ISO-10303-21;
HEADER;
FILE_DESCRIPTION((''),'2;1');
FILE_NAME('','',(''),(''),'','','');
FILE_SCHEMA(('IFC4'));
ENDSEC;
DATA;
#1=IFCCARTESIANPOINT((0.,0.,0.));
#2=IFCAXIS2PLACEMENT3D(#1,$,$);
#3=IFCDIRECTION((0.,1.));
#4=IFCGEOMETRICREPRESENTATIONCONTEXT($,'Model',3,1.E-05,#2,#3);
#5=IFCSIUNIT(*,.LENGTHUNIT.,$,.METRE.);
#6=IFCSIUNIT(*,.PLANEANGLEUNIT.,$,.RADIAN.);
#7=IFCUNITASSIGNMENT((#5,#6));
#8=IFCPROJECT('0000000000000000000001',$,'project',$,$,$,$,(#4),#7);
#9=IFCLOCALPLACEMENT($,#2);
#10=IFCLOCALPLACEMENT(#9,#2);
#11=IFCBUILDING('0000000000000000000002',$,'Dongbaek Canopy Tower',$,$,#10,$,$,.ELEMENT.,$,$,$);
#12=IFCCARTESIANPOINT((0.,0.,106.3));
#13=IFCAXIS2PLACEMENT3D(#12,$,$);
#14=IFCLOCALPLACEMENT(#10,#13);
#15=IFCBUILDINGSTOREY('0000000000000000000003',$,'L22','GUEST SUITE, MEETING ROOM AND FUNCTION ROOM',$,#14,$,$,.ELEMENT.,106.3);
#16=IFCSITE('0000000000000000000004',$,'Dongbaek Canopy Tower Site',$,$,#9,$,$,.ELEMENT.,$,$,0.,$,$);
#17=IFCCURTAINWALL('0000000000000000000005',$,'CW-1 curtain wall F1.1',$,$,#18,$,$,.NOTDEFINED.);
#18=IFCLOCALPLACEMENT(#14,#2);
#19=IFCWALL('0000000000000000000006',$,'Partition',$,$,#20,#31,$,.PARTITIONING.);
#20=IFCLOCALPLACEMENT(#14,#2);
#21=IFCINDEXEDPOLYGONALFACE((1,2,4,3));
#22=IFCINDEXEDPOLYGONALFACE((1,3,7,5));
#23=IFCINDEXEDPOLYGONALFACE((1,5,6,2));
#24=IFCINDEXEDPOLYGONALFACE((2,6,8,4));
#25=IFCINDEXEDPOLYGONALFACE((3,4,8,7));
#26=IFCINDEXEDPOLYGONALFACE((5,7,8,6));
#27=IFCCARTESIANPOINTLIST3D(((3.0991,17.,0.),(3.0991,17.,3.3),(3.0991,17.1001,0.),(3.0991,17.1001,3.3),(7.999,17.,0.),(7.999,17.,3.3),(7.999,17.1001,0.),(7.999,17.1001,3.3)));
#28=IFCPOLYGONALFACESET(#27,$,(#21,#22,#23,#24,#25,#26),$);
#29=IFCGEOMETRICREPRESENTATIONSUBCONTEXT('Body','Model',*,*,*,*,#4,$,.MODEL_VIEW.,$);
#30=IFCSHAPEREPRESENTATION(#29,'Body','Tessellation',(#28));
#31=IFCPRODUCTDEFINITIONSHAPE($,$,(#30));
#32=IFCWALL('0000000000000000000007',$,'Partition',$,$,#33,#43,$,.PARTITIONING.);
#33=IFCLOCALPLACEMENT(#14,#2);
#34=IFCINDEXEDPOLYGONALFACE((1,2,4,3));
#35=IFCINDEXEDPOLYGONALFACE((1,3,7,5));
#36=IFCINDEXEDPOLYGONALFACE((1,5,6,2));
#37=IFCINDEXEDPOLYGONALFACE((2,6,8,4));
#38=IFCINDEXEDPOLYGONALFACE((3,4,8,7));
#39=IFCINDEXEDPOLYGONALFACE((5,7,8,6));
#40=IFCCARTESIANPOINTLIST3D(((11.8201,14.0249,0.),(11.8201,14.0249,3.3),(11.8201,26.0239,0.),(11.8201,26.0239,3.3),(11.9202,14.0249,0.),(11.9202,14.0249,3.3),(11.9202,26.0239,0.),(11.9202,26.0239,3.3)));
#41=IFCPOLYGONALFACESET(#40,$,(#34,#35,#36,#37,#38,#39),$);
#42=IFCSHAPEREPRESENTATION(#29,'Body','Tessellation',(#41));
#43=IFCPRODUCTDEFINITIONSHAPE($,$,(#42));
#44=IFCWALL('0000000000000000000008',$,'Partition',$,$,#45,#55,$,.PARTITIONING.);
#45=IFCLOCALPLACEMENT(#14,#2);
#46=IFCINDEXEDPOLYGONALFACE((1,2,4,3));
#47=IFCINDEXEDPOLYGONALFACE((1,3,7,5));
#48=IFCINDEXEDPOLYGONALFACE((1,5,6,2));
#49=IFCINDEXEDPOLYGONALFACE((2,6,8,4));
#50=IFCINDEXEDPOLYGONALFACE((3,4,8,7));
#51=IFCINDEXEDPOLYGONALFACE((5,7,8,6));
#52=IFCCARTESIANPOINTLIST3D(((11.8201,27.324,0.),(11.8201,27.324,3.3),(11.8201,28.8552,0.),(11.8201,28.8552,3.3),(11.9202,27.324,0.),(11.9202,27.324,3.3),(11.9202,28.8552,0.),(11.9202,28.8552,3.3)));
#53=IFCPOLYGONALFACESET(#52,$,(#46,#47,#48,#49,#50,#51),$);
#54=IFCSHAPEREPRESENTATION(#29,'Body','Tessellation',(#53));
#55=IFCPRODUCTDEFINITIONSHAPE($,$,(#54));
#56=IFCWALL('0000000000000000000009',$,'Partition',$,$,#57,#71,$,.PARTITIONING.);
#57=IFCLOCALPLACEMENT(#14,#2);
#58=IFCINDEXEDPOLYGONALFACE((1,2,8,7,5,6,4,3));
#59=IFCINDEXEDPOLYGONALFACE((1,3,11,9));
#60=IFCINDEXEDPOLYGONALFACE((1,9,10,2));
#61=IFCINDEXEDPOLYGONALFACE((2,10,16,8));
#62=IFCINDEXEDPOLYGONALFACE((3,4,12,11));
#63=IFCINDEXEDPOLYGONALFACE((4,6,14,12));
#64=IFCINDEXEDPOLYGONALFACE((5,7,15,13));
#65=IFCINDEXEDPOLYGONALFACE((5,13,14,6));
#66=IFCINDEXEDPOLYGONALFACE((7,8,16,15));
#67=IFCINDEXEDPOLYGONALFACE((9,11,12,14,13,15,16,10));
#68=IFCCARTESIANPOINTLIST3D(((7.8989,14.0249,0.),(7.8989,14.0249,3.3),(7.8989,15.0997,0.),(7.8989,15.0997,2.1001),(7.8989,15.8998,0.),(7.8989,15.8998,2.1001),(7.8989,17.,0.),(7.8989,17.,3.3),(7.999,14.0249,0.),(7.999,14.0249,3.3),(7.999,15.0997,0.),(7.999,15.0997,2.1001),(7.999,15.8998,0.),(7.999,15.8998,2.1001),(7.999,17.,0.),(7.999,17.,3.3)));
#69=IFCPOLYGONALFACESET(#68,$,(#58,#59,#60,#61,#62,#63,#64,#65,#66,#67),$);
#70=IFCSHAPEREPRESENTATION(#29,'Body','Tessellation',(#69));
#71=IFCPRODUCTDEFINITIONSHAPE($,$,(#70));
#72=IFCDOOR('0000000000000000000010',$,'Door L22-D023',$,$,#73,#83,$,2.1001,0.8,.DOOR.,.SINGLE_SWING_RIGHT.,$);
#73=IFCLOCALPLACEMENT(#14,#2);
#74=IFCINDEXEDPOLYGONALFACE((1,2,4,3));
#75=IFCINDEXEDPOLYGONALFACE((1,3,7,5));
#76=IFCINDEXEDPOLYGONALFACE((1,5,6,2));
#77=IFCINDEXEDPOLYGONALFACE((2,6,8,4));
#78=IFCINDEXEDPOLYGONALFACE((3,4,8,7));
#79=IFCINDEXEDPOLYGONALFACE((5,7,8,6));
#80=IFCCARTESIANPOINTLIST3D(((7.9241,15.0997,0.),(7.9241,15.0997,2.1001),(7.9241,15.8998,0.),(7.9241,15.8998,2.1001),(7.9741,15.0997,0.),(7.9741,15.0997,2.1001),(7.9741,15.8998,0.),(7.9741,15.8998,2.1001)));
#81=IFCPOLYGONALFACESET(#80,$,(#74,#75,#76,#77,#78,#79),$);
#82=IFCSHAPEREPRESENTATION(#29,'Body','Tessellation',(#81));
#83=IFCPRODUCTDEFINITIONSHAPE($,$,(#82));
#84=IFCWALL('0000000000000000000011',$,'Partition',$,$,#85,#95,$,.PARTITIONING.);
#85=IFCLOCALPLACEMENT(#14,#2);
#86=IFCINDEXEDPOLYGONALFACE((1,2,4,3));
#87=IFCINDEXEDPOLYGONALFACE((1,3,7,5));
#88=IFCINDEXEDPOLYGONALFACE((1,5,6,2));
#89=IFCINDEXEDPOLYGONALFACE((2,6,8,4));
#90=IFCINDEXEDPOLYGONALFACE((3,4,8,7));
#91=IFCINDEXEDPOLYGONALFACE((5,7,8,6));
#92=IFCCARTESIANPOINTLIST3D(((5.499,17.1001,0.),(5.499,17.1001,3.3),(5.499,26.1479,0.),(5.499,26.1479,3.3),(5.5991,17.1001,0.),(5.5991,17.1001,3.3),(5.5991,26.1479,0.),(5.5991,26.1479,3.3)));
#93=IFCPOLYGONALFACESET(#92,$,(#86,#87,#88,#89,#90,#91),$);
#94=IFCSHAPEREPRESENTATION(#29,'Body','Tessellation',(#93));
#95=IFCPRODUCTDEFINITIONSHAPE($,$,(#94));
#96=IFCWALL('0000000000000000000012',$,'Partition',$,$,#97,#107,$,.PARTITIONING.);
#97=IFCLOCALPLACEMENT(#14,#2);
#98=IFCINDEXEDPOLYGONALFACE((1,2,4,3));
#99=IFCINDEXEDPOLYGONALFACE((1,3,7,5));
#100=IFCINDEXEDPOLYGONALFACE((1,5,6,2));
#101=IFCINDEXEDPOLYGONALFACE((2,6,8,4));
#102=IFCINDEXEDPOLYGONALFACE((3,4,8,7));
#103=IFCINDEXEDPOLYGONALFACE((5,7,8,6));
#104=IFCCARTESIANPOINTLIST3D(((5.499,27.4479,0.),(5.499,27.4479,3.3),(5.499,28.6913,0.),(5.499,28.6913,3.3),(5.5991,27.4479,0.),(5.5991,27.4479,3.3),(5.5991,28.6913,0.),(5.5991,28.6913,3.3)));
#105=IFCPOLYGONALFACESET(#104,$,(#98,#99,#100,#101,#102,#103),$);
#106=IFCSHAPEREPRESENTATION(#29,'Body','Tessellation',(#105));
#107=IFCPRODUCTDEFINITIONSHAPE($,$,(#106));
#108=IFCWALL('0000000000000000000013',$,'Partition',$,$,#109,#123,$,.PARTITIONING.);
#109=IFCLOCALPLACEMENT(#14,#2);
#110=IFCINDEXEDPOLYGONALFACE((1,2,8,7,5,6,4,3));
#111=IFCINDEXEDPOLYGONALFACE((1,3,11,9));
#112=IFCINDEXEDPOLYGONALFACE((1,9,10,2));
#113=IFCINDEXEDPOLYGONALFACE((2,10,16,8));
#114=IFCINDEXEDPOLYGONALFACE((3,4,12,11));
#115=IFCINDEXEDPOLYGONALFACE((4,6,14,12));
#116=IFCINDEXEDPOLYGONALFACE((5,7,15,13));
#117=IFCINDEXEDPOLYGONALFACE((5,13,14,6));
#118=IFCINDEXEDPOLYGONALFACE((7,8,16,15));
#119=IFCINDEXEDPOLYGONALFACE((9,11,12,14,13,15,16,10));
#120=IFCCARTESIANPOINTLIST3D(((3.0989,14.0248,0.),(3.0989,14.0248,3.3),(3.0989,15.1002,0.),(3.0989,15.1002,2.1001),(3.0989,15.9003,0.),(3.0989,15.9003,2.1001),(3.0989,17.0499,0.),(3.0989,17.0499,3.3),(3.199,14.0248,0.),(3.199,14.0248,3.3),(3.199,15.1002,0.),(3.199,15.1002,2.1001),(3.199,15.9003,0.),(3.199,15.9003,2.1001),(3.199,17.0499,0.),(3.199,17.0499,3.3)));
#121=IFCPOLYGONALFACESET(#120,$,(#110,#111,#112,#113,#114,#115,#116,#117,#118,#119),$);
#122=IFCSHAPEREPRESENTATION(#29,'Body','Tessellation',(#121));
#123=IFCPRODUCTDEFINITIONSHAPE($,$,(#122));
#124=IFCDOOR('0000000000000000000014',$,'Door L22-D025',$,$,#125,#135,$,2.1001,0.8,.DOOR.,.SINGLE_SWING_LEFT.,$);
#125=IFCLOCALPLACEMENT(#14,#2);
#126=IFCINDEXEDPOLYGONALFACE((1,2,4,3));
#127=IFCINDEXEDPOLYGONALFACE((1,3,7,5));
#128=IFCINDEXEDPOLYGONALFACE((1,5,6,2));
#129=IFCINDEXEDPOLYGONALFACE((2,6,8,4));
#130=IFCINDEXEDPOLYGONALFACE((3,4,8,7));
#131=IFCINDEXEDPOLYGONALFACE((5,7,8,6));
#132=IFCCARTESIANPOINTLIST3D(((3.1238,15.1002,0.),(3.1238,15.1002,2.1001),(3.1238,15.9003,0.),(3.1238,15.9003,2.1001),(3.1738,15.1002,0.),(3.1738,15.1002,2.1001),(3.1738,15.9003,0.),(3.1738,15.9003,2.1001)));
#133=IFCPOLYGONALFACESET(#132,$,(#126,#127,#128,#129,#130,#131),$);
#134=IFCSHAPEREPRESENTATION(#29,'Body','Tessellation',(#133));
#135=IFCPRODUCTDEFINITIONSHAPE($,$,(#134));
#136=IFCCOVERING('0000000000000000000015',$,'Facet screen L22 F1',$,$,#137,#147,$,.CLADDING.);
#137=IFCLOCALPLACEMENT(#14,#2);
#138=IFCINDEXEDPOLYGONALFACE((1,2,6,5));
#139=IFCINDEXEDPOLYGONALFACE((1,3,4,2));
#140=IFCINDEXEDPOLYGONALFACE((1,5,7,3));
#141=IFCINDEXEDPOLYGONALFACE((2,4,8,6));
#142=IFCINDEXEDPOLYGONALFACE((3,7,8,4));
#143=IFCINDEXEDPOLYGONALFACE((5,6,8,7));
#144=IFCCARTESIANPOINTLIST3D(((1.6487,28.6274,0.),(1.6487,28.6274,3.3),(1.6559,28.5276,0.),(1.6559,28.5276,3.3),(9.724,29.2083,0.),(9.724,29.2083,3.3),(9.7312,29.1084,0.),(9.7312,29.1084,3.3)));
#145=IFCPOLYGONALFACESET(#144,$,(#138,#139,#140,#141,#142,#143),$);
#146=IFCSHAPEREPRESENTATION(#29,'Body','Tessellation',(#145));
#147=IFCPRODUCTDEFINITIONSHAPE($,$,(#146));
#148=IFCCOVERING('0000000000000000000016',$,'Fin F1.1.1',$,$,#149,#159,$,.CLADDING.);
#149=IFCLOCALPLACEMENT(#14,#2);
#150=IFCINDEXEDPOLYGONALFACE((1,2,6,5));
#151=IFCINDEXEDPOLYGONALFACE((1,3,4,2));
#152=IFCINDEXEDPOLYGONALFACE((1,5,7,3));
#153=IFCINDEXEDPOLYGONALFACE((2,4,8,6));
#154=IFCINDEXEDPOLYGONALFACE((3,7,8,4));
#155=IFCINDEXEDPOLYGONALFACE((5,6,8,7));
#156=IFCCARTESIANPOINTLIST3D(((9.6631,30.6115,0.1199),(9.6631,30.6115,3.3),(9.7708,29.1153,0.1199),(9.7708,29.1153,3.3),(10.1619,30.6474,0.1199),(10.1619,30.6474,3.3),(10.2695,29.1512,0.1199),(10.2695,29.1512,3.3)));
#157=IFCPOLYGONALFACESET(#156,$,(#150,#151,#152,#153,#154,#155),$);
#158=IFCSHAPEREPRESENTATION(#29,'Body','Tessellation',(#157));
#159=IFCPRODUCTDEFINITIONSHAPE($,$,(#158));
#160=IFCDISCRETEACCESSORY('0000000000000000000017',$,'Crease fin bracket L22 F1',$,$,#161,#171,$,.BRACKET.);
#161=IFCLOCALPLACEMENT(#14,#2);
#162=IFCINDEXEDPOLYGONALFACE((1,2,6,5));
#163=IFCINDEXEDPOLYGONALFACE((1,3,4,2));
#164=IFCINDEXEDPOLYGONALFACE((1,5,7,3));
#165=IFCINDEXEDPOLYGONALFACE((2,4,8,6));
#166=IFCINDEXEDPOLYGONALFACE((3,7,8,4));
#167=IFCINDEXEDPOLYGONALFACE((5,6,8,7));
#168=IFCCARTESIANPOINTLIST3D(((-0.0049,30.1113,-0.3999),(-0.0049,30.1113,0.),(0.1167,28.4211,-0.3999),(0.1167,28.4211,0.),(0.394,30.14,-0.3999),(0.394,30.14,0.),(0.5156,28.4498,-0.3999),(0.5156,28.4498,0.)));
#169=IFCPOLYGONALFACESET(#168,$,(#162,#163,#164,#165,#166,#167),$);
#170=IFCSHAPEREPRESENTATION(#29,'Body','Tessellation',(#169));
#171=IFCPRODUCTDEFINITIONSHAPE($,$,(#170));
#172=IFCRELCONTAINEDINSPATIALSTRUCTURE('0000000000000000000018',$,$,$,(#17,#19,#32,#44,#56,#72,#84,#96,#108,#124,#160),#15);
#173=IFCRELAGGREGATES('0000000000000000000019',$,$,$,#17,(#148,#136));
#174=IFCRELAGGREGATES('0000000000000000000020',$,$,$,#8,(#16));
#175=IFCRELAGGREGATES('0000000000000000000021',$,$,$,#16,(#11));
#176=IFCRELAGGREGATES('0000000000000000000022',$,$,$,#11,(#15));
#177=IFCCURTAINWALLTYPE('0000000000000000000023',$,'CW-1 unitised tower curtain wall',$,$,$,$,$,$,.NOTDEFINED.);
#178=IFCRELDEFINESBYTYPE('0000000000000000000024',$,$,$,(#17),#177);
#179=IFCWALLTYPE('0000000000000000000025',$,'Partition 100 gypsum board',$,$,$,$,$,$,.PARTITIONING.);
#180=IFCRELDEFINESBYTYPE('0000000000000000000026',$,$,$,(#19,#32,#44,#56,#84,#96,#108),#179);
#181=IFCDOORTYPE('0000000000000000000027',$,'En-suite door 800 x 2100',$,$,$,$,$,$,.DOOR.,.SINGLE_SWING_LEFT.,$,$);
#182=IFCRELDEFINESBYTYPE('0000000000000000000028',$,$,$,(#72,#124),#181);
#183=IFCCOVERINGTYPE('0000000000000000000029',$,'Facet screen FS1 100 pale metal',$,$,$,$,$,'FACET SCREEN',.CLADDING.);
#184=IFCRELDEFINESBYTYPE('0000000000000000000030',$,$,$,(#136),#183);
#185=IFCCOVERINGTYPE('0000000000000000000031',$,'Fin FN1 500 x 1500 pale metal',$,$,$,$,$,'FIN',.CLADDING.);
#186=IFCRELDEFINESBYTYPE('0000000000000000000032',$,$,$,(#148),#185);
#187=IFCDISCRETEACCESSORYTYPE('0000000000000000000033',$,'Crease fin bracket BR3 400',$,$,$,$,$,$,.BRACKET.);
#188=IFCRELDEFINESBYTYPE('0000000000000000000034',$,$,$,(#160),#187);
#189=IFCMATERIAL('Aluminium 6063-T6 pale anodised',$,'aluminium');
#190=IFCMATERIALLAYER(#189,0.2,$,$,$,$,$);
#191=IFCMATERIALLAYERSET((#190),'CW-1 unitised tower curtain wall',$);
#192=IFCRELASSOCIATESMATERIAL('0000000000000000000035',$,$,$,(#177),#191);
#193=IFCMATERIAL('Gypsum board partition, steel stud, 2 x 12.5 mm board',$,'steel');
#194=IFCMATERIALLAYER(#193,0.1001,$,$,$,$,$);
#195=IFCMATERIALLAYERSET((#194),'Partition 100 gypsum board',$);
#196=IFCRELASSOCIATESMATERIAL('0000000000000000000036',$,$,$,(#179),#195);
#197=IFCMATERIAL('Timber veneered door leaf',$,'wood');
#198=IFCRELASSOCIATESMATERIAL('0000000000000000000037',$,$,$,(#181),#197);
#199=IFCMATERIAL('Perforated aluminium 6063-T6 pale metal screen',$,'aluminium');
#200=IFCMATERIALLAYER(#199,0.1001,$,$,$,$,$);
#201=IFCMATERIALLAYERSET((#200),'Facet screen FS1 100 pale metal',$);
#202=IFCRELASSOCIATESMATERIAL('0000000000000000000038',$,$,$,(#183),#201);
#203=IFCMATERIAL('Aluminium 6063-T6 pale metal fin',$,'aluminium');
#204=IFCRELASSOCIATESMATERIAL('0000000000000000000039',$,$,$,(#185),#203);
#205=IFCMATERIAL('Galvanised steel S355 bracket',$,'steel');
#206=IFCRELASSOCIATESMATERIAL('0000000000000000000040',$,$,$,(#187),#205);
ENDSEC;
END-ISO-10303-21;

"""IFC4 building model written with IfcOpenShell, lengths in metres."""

from ifc_helpers import new_model, si_unit, direction, frame, frame_2d, origin, origin_2d, place, context, subcontext, project, spatial, rectangle, extrude, material, layer, layer_set, material_profile, profile_set, type_object, element, fill, aggregate, save


model = new_model("IFC4")

# Units and contexts
model_context = context("Model", 3, precision=1e-05, world=origin(), true_north=direction((0.0, 1.0)))
body_context = subcontext(model_context, "Body", "Model", "MODEL_VIEW")
ifc_project = project(units=[si_unit("LENGTHUNIT", "METRE"), si_unit("PLANEANGLEUNIT", "RADIAN")], contexts=[model_context])

# Site, building, storey
site_placement = place(None, origin())
site = spatial("IfcSite", under=ifc_project, at=site_placement, Name="Dongbaek Canopy Tower Site", CompositionType="ELEMENT", RefElevation=0.0)
building_placement = place(site_placement, origin())
building = spatial("IfcBuilding", under=site, at=building_placement, Name="Dongbaek Canopy Tower", CompositionType="ELEMENT")
storey_placement = place(building_placement, frame((0.0, 0.0, 106.3)))
storey = spatial("IfcBuildingStorey", under=building, at=storey_placement, Name="L22", Description="GUEST SUITE, MEETING ROOM AND FUNCTION ROOM", CompositionType="ELEMENT", Elevation=106.3)

# Curtain wall
ifc_material_1 = material(Name="Aluminium 6063-T6 pale anodised", Category="aluminium")
ifc_layer_1 = layer(ifc_material_1, 0.2)
ifc_layer_set_1 = layer_set([ifc_layer_1], Name="CW-1 unitised tower curtain wall")
curtain_wall_type = type_object("IfcCurtainWallType", Name="CW-1 unitised tower curtain wall", PredefinedType="NOTDEFINED", material=ifc_layer_set_1)
curtain_wall_1_placement = place(storey_placement, origin())
curtain_wall_1 = element("IfcCurtainWall", 1, at=curtain_wall_1_placement, inside=storey, type_object=curtain_wall_type, Name="CW-1 curtain wall F1.1", PredefinedType="NOTDEFINED")

# Walls
ifc_material_2 = material(Name="Gypsum board partition, steel stud, 2 x 12.5 mm board", Category="steel")
ifc_layer_2 = layer(ifc_material_2, 0.1001)
ifc_layer_set_2 = layer_set([ifc_layer_2], Name="Partition 100 gypsum board")
wall_type_1 = type_object("IfcWallType", Name="Partition 100 gypsum board", PredefinedType="PARTITIONING", material=ifc_layer_set_2)
wall_1_placement = place(storey_placement, frame((3.0991, 17.05, 0.0), z_axis=(0.0, 0.0, 1.0), x_axis=(1.0, 0.0, 0.0)))
element("IfcWall", 2, at=wall_1_placement, inside=storey, type_object=wall_type_1, Name="Partition", PredefinedType="PARTITIONING", context=body_context, shape_type="SweptSolid", body=[
    extrude(rectangle(XDim=4.8999, YDim=0.1001, at=frame_2d((2.45, 0.0))), origin(), (0.0, 0.0, 1.0), 3.3),
])
wall_2_placement = place(storey_placement, frame((11.8701, 14.0249, 0.0), z_axis=(0.0, 0.0, 1.0), x_axis=(0.0, 1.0, 0.0)))
element("IfcWall", 3, at=wall_2_placement, inside=storey, type_object=wall_type_1, Name="Partition", PredefinedType="PARTITIONING", context=body_context, shape_type="SweptSolid", body=[
    extrude(rectangle(XDim=11.999, YDim=0.1001, at=frame_2d((5.9995, 0.0))), origin(), (0.0, 0.0, 1.0), 3.3),
])
wall_3_placement = place(storey_placement, frame((11.8701, 27.324, 0.0), z_axis=(0.0, 0.0, 1.0), x_axis=(0.0, 1.0, 0.0)))
element("IfcWall", 4, at=wall_3_placement, inside=storey, type_object=wall_type_1, Name="Partition", PredefinedType="PARTITIONING", context=body_context, shape_type="SweptSolid", body=[
    extrude(rectangle(XDim=1.5312, YDim=0.1001, at=frame_2d((0.7656, 0.0))), origin(), (0.0, 0.0, 1.0), 3.3),
])

# Wall, opening, door
wall_4_placement = place(storey_placement, frame((7.949, 14.0249, 0.0), z_axis=(0.0, 0.0, 1.0), x_axis=(0.0, 1.0, 0.0)))
wall_4 = element("IfcWall", 5, at=wall_4_placement, inside=storey, type_object=wall_type_1, Name="Partition", PredefinedType="PARTITIONING", context=body_context, shape_type="SweptSolid", body=[
    extrude(rectangle(XDim=2.9751, YDim=0.1001, at=frame_2d((1.4875, 0.0))), origin(), (0.0, 0.0, 1.0), 3.3),
])
opening_1_placement = place(wall_4_placement, frame((1.075, 0.0, 0.0)))
opening_1 = element("IfcOpeningElement", 6, at=opening_1_placement, cuts=wall_4, PredefinedType="OPENING", context=body_context, shape_type="SweptSolid", body=[
    extrude(rectangle(XDim=0.8, YDim=2.1001, at=frame_2d((0.3999, 1.05))), frame((0.0, 0.0601, 0.0), z_axis=(0.0, -1.0, 0.0), x_axis=(1.0, 0.0, 0.0)), (0.0, 0.0, 1.0), 0.1201),
])
ifc_material_3 = material(Name="Timber veneered door leaf", Category="wood")
door_type_1 = type_object("IfcDoorType", Name="En-suite door 800 x 2100", OperationType="SINGLE_SWING_LEFT", PredefinedType="DOOR", material=ifc_material_3)
door_1_placement = place(opening_1_placement, origin())
door_1 = element("IfcDoor", 7, at=door_1_placement, inside=storey, type_object=door_type_1, Name="Door L22-D023", OperationType="SINGLE_SWING_RIGHT", OverallHeight=2.1001, OverallWidth=0.8, PredefinedType="DOOR", context=body_context, shape_type="SweptSolid", body=[
    extrude(rectangle(XDim=0.8, YDim=2.1001, at=frame_2d((0.3999, 1.05))), frame((0.0, 0.0249, 0.0), z_axis=(0.0, -1.0, 0.0), x_axis=(1.0, 0.0, 0.0)), (0.0, 0.0, 1.0), 0.05),
])
fill(opening_1, door_1)

# Walls
wall_5_placement = place(storey_placement, frame((5.5491, 17.1001, 0.0), z_axis=(0.0, 0.0, 1.0), x_axis=(0.0, 1.0, 0.0)))
element("IfcWall", 8, at=wall_5_placement, inside=storey, type_object=wall_type_1, Name="Partition", PredefinedType="PARTITIONING", context=body_context, shape_type="SweptSolid", body=[
    extrude(rectangle(XDim=9.0479, YDim=0.1001, at=frame_2d((4.5239, 0.0))), origin(), (0.0, 0.0, 1.0), 3.3),
])
wall_6_placement = place(storey_placement, frame((5.5491, 27.448, 0.0), z_axis=(0.0, 0.0, 1.0), x_axis=(0.0, 1.0, 0.0)))
element("IfcWall", 9, at=wall_6_placement, inside=storey, type_object=wall_type_1, Name="Partition", PredefinedType="PARTITIONING", context=body_context, shape_type="SweptSolid", body=[
    extrude(rectangle(XDim=1.2434, YDim=0.1001, at=frame_2d((0.6216, 0.0))), origin(), (0.0, 0.0, 1.0), 3.3),
])

# Wall, opening, door
wall_7_placement = place(storey_placement, frame((3.1489, 17.05, 0.0), z_axis=(0.0, 0.0, 1.0), x_axis=(0.0, -1.0, 0.0)))
wall_7 = element("IfcWall", 10, at=wall_7_placement, inside=storey, type_object=wall_type_1, Name="Partition", PredefinedType="PARTITIONING", context=body_context, shape_type="SweptSolid", body=[
    extrude(rectangle(XDim=3.0251, YDim=0.1001, at=frame_2d((1.5127, 0.0))), origin(), (0.0, 0.0, 1.0), 3.3),
])
opening_2_placement = place(wall_7_placement, frame((1.1499, 0.0, 0.0)))
opening_2 = element("IfcOpeningElement", 11, at=opening_2_placement, cuts=wall_7, PredefinedType="OPENING", context=body_context, shape_type="SweptSolid", body=[
    extrude(rectangle(XDim=0.8, YDim=2.1001, at=frame_2d((0.3999, 1.05))), frame((0.0, 0.0601, 0.0), z_axis=(0.0, -1.0, 0.0), x_axis=(1.0, 0.0, 0.0)), (0.0, 0.0, 1.0), 0.1201),
])
door_2_placement = place(opening_2_placement, origin())
door_2 = element("IfcDoor", 12, at=door_2_placement, inside=storey, type_object=door_type_1, Name="Door L22-D025", OperationType="SINGLE_SWING_LEFT", OverallHeight=2.1001, OverallWidth=0.8, PredefinedType="DOOR", context=body_context, shape_type="SweptSolid", body=[
    extrude(rectangle(XDim=0.8, YDim=2.1001, at=frame_2d((0.3999, 1.05))), frame((0.0, 0.0249, 0.0), z_axis=(0.0, -1.0, 0.0), x_axis=(1.0, 0.0, 0.0)), (0.0, 0.0, 1.0), 0.05),
])
fill(opening_2, door_2)

# Coverings
ifc_material_4 = material(Name="Perforated aluminium 6063-T6 pale metal screen", Category="aluminium")
ifc_layer_3 = layer(ifc_material_4, 0.1001)
ifc_layer_set_3 = layer_set([ifc_layer_3], Name="Facet screen FS1 100 pale metal")
covering_type_1 = type_object("IfcCoveringType", Name="Facet screen FS1 100 pale metal", ElementType="FACET SCREEN", PredefinedType="CLADDING", material=ifc_layer_set_3)
covering_1_placement = place(storey_placement, frame((5.6899, 28.8679, 0.0), z_axis=(0.0, 0.0, 1.0), x_axis=(-0.997423, -0.071743, 0.0)))
covering_1 = element("IfcCovering", 13, at=covering_1_placement, type_object=covering_type_1, Name="Facet screen L22 F1", PredefinedType="CLADDING", context=body_context, shape_type="SweptSolid", body=[
    extrude(rectangle(XDim=8.0962, YDim=0.1001, at=origin_2d()), origin(), (0.0, 0.0, 1.0), 3.3),
])
ifc_material_5 = material(Name="Aluminium 6063-T6 pale metal fin", Category="aluminium")
ifc_material_profile_1 = material_profile(ifc_material_5, rectangle(XDim=1.5, YDim=0.5, at=origin_2d()), Name="Fin FN1 500 x 1500 pale metal")
ifc_profile_set_1 = profile_set([ifc_material_profile_1], Name="Aluminium 6063-T6 pale metal fin")
covering_type_2 = type_object("IfcCoveringType", Name="Fin FN1 500 x 1500 pale metal", ElementType="FIN", PredefinedType="CLADDING", material=ifc_profile_set_1)
covering_2_placement = place(storey_placement, frame((9.9663, 29.8813, 0.1199), z_axis=(0.0, 0.0, 1.0), x_axis=(-0.071743, 0.997423, 0.0)))
covering_2 = element("IfcCovering", 14, at=covering_2_placement, type_object=covering_type_2, Name="Fin F1.1.1", PredefinedType="CLADDING", context=body_context, shape_type="SweptSolid", body=[
    extrude(rectangle(XDim=1.5, YDim=0.5, at=origin_2d()), origin(), (0.0, 0.0, 1.0), 3.1802),
])
aggregate(curtain_wall_1, [covering_2, covering_1])

# Discrete accessory
ifc_material_6 = material(Name="Galvanised steel S355 bracket", Category="steel")
discrete_accessory_type = type_object("IfcDiscreteAccessoryType", Name="Crease fin bracket BR3 400", PredefinedType="BRACKET", material=ifc_material_6)
discrete_accessory_placement = place(storey_placement, frame((0.2554, 29.2805, -0.3999), z_axis=(0.0, 0.0, 1.0), x_axis=(-0.071743, 0.997423, 0.0)))
element("IfcDiscreteAccessory", 15, at=discrete_accessory_placement, inside=storey, type_object=discrete_accessory_type, Name="Crease fin bracket L22 F1", PredefinedType="BRACKET", context=body_context, shape_type="SweptSolid", body=[
    extrude(rectangle(XDim=1.6946, YDim=0.3999, at=origin_2d()), origin(), (0.0, 0.0, 1.0), 0.3999),
])

save(model, "model.ifc")
